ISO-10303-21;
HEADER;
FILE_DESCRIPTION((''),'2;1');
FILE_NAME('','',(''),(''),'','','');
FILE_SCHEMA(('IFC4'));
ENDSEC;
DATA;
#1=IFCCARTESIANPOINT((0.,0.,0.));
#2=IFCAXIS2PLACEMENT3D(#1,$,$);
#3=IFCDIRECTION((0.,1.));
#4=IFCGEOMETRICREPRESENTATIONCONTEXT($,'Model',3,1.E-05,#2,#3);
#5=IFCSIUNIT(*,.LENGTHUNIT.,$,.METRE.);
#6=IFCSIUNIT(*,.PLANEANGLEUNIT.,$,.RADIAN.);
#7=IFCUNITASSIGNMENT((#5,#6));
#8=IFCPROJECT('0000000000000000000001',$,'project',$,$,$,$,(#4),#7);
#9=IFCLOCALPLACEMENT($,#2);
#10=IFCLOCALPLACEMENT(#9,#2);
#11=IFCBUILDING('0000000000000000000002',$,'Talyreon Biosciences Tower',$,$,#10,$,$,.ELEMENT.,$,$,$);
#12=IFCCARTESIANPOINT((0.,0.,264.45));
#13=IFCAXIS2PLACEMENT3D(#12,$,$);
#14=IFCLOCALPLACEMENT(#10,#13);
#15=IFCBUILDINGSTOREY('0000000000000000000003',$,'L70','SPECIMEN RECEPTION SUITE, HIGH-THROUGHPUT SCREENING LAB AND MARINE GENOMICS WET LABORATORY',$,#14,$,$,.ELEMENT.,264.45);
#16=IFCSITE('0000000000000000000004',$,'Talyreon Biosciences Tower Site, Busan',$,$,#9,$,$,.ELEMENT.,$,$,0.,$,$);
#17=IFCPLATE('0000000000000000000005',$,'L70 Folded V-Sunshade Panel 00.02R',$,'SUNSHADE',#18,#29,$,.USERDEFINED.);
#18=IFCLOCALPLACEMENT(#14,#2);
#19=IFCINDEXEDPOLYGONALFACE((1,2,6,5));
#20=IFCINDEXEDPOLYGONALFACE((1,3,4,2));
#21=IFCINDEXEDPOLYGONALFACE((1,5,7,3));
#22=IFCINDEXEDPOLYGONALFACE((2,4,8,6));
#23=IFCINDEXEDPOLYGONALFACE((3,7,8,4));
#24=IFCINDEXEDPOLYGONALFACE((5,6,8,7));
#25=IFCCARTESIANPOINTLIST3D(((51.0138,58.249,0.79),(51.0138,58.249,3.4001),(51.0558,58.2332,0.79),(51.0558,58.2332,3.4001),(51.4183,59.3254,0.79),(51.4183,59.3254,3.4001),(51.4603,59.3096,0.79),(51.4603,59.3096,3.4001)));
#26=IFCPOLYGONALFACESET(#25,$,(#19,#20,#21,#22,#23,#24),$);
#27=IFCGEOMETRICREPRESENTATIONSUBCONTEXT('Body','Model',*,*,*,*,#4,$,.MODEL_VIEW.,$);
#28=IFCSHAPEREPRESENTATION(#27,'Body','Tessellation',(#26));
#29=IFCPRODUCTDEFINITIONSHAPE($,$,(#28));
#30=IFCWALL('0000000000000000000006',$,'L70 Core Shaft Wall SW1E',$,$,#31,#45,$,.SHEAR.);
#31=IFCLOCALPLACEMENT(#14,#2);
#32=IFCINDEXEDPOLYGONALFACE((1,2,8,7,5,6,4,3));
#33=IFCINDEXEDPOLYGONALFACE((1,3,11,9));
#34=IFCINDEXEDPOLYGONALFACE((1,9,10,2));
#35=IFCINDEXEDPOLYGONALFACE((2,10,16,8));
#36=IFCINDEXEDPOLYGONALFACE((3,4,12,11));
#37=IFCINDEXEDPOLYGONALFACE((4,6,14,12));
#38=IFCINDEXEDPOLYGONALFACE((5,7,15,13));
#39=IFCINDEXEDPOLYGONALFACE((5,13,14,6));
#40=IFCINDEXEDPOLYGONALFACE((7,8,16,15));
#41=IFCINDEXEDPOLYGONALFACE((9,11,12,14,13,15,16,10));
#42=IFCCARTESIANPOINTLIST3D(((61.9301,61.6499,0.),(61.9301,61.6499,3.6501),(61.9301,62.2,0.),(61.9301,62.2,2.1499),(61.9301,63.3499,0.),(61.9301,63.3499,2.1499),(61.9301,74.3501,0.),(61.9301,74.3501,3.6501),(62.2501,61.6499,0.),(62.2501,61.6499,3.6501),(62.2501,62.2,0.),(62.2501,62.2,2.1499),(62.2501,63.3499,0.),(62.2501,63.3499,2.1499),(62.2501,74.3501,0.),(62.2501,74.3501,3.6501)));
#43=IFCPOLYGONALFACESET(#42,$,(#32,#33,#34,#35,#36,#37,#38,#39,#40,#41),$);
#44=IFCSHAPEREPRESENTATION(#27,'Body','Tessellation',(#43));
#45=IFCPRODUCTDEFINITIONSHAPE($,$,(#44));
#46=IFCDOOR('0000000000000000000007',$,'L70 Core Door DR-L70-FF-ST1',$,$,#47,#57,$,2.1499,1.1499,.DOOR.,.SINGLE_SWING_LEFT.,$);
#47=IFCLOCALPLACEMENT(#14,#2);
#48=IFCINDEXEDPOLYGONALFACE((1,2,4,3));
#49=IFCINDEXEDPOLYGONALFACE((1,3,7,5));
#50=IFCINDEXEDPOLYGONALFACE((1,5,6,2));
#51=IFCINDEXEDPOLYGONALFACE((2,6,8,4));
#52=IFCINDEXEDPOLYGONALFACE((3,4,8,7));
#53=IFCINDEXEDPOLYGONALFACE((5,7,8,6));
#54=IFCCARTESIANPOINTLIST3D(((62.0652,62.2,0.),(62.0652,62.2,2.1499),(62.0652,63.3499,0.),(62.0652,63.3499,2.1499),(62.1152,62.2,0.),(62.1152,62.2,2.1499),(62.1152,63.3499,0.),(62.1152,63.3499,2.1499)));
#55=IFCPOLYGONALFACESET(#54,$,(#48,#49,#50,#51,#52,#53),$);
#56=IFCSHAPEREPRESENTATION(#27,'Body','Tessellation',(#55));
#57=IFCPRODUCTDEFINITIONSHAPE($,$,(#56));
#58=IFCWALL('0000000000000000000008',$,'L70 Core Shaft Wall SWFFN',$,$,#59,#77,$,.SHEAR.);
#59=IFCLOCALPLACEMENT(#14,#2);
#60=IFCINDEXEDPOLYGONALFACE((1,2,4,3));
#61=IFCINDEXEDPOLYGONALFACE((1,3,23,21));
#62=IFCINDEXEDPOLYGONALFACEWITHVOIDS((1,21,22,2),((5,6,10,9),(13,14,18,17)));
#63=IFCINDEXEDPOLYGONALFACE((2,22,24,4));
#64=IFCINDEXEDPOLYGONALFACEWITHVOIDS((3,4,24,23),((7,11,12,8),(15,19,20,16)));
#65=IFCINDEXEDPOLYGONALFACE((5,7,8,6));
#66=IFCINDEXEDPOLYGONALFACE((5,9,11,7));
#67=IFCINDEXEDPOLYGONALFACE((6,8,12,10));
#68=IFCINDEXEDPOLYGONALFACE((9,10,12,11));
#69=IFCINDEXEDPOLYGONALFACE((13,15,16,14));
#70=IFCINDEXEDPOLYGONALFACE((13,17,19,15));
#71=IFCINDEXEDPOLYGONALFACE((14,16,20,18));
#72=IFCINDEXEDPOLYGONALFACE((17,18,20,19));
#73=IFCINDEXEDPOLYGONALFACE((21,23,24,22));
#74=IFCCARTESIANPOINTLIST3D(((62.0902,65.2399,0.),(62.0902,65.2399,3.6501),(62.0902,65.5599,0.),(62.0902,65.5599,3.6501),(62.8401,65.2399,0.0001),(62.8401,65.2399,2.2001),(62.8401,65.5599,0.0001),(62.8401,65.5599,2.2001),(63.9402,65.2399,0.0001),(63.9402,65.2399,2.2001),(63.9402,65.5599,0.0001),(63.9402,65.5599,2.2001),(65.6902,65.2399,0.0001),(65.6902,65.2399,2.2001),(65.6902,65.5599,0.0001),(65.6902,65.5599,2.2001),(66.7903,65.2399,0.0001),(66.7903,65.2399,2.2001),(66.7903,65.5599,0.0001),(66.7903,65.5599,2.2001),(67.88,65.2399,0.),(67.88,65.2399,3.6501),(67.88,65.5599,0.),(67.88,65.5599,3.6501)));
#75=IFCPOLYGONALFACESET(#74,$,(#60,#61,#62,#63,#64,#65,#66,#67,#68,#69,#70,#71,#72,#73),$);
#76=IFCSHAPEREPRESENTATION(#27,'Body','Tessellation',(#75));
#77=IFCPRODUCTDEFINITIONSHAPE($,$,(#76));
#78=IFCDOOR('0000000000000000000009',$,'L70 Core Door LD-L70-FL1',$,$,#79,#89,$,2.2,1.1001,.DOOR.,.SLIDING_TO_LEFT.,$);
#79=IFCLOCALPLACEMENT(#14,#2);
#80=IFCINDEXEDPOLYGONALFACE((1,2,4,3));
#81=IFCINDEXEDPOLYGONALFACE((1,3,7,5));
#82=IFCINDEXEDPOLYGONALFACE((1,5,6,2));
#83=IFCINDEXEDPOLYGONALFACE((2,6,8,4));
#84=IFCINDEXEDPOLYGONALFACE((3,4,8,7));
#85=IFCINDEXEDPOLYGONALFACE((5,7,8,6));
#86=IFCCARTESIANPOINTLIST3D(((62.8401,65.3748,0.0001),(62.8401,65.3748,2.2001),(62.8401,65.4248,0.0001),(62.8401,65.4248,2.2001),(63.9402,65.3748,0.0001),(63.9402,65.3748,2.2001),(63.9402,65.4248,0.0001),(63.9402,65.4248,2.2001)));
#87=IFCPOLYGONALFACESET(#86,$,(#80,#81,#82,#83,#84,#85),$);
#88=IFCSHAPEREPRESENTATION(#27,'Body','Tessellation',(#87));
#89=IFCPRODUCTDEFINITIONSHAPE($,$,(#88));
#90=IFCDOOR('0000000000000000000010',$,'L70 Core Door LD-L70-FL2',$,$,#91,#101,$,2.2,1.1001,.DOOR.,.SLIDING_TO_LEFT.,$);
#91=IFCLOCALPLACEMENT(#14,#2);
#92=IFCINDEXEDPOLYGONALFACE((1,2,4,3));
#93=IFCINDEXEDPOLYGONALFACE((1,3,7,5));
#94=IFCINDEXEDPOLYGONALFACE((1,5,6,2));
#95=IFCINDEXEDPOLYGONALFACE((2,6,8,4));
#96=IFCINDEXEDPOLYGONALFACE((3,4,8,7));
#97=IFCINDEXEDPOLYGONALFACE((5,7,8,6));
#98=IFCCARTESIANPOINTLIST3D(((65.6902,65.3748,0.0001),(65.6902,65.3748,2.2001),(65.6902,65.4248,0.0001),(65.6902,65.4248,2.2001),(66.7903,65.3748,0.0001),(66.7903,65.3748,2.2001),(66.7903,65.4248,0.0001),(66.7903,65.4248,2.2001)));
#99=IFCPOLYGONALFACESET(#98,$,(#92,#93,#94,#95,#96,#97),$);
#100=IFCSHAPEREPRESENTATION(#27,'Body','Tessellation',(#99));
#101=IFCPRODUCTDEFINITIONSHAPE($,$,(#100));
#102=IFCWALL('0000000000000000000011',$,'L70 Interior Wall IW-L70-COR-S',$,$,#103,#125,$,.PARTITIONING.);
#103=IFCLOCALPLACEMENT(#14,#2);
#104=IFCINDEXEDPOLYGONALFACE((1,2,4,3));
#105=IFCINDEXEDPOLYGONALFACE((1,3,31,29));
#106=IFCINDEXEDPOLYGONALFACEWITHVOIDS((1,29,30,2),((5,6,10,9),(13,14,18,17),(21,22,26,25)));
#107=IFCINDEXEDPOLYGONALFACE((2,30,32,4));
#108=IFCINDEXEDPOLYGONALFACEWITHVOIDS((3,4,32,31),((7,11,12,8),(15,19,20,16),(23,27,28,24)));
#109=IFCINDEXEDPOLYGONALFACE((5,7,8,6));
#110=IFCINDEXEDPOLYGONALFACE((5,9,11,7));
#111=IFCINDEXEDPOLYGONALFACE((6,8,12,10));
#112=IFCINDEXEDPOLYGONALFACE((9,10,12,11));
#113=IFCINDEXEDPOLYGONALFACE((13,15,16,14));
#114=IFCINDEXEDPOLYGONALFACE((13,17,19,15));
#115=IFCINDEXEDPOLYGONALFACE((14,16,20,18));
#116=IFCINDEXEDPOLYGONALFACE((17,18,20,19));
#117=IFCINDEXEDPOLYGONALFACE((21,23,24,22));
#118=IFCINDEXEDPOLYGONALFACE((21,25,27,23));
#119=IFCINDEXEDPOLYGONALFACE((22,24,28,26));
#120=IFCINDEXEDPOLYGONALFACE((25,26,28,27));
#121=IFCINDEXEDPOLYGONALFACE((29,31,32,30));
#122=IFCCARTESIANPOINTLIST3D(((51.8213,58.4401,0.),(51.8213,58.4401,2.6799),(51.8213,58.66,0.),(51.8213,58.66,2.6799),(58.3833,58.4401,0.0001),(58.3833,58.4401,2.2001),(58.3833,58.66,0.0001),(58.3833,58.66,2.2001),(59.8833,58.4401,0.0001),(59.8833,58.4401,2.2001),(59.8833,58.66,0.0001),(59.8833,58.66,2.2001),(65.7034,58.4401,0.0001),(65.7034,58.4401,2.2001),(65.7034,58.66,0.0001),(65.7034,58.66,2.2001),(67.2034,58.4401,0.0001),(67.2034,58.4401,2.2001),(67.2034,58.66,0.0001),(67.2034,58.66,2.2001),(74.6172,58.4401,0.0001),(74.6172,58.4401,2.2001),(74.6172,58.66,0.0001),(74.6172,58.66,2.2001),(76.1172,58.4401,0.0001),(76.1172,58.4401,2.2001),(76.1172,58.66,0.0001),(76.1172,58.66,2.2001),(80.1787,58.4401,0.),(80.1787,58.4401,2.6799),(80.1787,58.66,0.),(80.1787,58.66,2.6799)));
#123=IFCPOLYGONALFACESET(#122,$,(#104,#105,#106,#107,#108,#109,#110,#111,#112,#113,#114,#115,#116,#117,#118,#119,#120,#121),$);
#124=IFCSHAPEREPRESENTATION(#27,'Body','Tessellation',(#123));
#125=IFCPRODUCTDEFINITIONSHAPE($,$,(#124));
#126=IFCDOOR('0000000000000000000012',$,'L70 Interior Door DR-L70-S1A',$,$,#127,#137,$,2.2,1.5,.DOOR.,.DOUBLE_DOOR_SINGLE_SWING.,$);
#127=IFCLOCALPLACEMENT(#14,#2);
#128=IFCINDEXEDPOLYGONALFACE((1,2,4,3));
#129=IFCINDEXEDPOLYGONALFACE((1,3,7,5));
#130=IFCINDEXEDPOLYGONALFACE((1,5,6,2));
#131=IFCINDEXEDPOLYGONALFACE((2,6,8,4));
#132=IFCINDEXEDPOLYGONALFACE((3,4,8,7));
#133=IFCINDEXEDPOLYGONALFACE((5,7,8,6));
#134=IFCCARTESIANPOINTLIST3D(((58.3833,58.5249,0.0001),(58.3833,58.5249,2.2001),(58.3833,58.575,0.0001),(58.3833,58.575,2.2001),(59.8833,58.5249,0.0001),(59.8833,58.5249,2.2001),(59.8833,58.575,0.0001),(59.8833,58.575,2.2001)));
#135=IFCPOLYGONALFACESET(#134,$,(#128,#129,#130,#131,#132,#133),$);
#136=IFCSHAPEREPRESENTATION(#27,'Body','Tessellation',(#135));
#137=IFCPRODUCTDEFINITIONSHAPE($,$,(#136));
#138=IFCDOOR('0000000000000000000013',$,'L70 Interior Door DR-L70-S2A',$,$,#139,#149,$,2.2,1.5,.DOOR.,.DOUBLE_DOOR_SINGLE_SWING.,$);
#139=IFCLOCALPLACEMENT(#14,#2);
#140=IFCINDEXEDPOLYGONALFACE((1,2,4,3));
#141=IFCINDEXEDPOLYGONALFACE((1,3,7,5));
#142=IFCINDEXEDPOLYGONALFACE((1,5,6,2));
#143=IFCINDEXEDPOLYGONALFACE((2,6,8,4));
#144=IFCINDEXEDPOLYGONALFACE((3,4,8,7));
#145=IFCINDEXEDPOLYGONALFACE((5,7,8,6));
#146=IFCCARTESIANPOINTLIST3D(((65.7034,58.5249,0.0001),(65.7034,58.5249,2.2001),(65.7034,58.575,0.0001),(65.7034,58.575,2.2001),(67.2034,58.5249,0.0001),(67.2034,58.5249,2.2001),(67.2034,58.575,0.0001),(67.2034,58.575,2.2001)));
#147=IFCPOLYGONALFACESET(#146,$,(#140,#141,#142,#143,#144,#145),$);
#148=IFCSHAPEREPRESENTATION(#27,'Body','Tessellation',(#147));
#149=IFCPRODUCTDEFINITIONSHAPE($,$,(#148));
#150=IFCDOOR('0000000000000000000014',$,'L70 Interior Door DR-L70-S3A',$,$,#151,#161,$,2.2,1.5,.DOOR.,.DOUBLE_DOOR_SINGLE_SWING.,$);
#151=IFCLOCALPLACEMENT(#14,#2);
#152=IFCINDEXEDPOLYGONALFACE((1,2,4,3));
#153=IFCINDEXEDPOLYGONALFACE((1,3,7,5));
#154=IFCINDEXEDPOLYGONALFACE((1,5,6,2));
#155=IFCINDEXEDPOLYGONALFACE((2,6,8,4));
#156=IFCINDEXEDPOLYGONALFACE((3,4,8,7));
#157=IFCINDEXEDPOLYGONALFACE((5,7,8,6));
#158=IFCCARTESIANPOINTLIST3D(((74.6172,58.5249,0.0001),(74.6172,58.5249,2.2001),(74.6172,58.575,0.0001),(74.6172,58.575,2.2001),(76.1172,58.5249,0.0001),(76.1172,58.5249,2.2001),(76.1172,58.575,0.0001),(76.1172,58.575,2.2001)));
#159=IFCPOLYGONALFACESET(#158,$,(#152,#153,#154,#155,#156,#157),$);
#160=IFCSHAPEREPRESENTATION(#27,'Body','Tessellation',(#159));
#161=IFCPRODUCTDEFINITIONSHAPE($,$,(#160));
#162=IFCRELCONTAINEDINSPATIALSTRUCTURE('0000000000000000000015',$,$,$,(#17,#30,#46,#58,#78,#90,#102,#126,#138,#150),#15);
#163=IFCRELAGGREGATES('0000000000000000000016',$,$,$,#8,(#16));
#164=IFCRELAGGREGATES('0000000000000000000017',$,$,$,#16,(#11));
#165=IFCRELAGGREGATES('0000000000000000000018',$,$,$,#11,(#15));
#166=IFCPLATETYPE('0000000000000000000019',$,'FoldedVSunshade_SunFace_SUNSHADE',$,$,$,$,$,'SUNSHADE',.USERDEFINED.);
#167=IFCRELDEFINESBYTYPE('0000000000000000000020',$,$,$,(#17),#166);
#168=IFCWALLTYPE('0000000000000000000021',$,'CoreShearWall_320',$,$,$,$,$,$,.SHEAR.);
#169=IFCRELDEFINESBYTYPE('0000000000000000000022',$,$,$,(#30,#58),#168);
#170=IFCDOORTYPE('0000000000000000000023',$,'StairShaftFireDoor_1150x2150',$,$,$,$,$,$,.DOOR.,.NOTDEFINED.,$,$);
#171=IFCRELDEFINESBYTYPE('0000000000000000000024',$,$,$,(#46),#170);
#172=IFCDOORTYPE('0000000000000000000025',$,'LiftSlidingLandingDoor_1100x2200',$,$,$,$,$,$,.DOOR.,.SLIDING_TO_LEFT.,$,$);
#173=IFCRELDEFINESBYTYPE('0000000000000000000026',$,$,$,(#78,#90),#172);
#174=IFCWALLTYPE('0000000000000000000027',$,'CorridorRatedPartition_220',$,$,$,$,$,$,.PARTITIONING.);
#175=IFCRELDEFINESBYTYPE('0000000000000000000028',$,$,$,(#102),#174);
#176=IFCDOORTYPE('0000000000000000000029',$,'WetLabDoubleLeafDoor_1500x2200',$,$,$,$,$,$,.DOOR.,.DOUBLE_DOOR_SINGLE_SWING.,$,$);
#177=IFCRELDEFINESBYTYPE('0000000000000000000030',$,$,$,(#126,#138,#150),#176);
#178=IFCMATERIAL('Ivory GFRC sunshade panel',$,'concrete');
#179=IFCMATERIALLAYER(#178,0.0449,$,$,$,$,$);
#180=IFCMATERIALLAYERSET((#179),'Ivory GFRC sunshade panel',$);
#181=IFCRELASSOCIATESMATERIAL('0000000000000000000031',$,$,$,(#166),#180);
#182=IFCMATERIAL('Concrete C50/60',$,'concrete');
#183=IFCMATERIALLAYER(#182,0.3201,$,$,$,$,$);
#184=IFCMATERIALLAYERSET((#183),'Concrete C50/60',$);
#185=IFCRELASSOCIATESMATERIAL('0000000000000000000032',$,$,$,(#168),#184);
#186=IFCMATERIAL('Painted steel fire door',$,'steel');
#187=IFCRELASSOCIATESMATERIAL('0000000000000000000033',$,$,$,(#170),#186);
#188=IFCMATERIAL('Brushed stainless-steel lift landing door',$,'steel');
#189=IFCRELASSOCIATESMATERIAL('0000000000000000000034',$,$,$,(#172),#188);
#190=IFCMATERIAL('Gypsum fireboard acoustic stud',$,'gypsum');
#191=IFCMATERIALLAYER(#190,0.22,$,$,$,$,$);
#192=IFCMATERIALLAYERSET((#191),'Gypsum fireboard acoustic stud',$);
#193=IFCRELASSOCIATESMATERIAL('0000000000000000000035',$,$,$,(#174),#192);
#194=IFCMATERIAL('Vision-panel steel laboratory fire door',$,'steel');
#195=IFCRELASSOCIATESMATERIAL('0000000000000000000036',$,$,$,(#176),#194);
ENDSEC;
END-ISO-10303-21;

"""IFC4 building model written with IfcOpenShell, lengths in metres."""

from ifc_helpers import new_model, si_unit, direction, frame, frame_2d, origin, origin_2d, place, context, subcontext, project, spatial, rectangle, extrude, material, layer, layer_set, type_object, element, fill, save


model = new_model("IFC4")

# Units and contexts
model_context = context("Model", 3, precision=1e-05, world=origin(), true_north=direction((0.0, 1.0)))
body_context = subcontext(model_context, "Body", "Model", "MODEL_VIEW")
ifc_project = project(units=[si_unit("LENGTHUNIT", "METRE"), si_unit("PLANEANGLEUNIT", "RADIAN")], contexts=[model_context])

# Site, building, storey
site_placement = place(None, origin())
site = spatial("IfcSite", under=ifc_project, at=site_placement, Name="Talyreon Biosciences Tower Site, Busan", CompositionType="ELEMENT", RefElevation=0.0)
building_placement = place(site_placement, origin())
building = spatial("IfcBuilding", under=site, at=building_placement, Name="Talyreon Biosciences Tower", CompositionType="ELEMENT")
storey_placement = place(building_placement, frame((0.0, 0.0, 264.45)))
storey = spatial("IfcBuildingStorey", under=building, at=storey_placement, Name="L70", Description="SPECIMEN RECEPTION SUITE, HIGH-THROUGHPUT SCREENING LAB AND MARINE GENOMICS WET LABORATORY", CompositionType="ELEMENT", Elevation=264.45)

# Shared definitions
ifc_material_1 = material(Name="Concrete C50/60", Category="concrete")

# Plate
ifc_material_2 = material(Name="Ivory GFRC sunshade panel", Category="concrete")
ifc_layer_1 = layer(ifc_material_2, 0.0449)
ifc_layer_set_1 = layer_set([ifc_layer_1], Name="Ivory GFRC sunshade panel")
plate_type = type_object("IfcPlateType", Name="FoldedVSunshade_SunFace_SUNSHADE", ElementType="SUNSHADE", PredefinedType="USERDEFINED", material=ifc_layer_set_1)
plate_placement = place(storey_placement, frame((51.2371, 58.7793, 0.79), z_axis=(0.0, 0.0, 1.0), x_axis=(0.35176, 0.93609, 0.0)))
element("IfcPlate", 1, at=plate_placement, inside=storey, type_object=plate_type, Name="L70 Folded V-Sunshade Panel 00.02R", ObjectType="SUNSHADE", PredefinedType="USERDEFINED", context=body_context, shape_type="SweptSolid", body=[
    extrude(rectangle(XDim=1.1499, YDim=0.0449, at=origin_2d()), origin(), (0.0, 0.0, 1.0), 2.6101),
])

# Wall, opening, door
ifc_layer_2 = layer(ifc_material_1, 0.3201)
ifc_layer_set_2 = layer_set([ifc_layer_2], Name="Concrete C50/60")
wall_type_1 = type_object("IfcWallType", Name="CoreShearWall_320", PredefinedType="SHEAR", material=ifc_layer_set_2)
wall_1_placement = place(storey_placement, frame((62.0901, 61.6499, 0.0), z_axis=(0.0, 0.0, 1.0), x_axis=(0.0, 1.0, 0.0)))
wall_1 = element("IfcWall", 2, at=wall_1_placement, inside=storey, type_object=wall_type_1, Name="L70 Core Shaft Wall SW1E", PredefinedType="SHEAR", context=body_context, shape_type="SweptSolid", body=[
    extrude(rectangle(XDim=12.7002, YDim=0.3201, at=frame_2d((6.3501, 0.0))), origin(), (0.0, 0.0, 1.0), 3.6501),
])
opening_1_placement = place(wall_1_placement, frame((0.55, 0.0, 0.0)))
opening_1 = element("IfcOpeningElement", 3, at=opening_1_placement, cuts=wall_1, PredefinedType="OPENING", context=body_context, shape_type="SweptSolid", body=[
    extrude(rectangle(XDim=1.1499, YDim=2.1499, at=frame_2d((0.575, 1.075))), frame((0.0, 0.1699, 0.0), z_axis=(0.0, -1.0, 0.0), x_axis=(1.0, 0.0, 0.0)), (0.0, 0.0, 1.0), 0.3401),
])
ifc_material_3 = material(Name="Painted steel fire door", Category="steel")
door_type_1 = type_object("IfcDoorType", Name="StairShaftFireDoor_1150x2150", OperationType="NOTDEFINED", PredefinedType="DOOR", material=ifc_material_3)
door_1_placement = place(opening_1_placement, origin())
door_1 = element("IfcDoor", 4, at=door_1_placement, inside=storey, type_object=door_type_1, Name="L70 Core Door DR-L70-FF-ST1", OperationType="SINGLE_SWING_LEFT", OverallHeight=2.1499, OverallWidth=1.1499, PredefinedType="DOOR", context=body_context, shape_type="SweptSolid", body=[
    extrude(rectangle(XDim=1.1499, YDim=2.1499, at=frame_2d((0.575, 1.075))), frame((0.0, 0.0249, 0.0), z_axis=(0.0, -1.0, 0.0), x_axis=(1.0, 0.0, 0.0)), (0.0, 0.0, 1.0), 0.05),
])
fill(opening_1, door_1)

# Walls, openings, doors
wall_2_placement = place(storey_placement, frame((62.0901, 65.3999, 0.0), z_axis=(0.0, 0.0, 1.0), x_axis=(1.0, 0.0, 0.0)))
wall_2 = element("IfcWall", 5, at=wall_2_placement, inside=storey, type_object=wall_type_1, Name="L70 Core Shaft Wall SWFFN", PredefinedType="SHEAR", context=body_context, shape_type="SweptSolid", body=[
    extrude(rectangle(XDim=5.7898, YDim=0.3201, at=frame_2d((2.895, 0.0))), origin(), (0.0, 0.0, 1.0), 3.6501),
])
opening_2_placement = place(wall_2_placement, frame((0.75, 0.0, 0.0)))
opening_2 = element("IfcOpeningElement", 6, at=opening_2_placement, cuts=wall_2, PredefinedType="OPENING", context=body_context, shape_type="SweptSolid", body=[
    extrude(rectangle(XDim=1.1001, YDim=2.2, at=frame_2d((0.55, 1.1001))), frame((0.0, 0.1699, 0.0), z_axis=(0.0, -1.0, 0.0), x_axis=(1.0, 0.0, 0.0)), (0.0, 0.0, 1.0), 0.3401),
])
opening_3_placement = place(wall_2_placement, frame((3.6001, 0.0, 0.0)))
opening_3 = element("IfcOpeningElement", 7, at=opening_3_placement, cuts=wall_2, PredefinedType="OPENING", context=body_context, shape_type="SweptSolid", body=[
    extrude(rectangle(XDim=1.1001, YDim=2.2, at=frame_2d((0.55, 1.1001))), frame((0.0, 0.1699, 0.0), z_axis=(0.0, -1.0, 0.0), x_axis=(1.0, 0.0, 0.0)), (0.0, 0.0, 1.0), 0.3401),
])
ifc_material_4 = material(Name="Brushed stainless-steel lift landing door", Category="steel")
door_type_2 = type_object("IfcDoorType", Name="LiftSlidingLandingDoor_1100x2200", OperationType="SLIDING_TO_LEFT", PredefinedType="DOOR", material=ifc_material_4)
door_2_placement = place(opening_2_placement, origin())
door_2 = element("IfcDoor", 8, at=door_2_placement, inside=storey, type_object=door_type_2, Name="L70 Core Door LD-L70-FL1", OperationType="SLIDING_TO_LEFT", OverallHeight=2.2, OverallWidth=1.1001, PredefinedType="DOOR", context=body_context, shape_type="SweptSolid", body=[
    extrude(rectangle(XDim=1.1001, YDim=2.2, at=frame_2d((0.55, 1.1001))), frame((0.0, 0.0249, 0.0), z_axis=(0.0, -1.0, 0.0), x_axis=(1.0, 0.0, 0.0)), (0.0, 0.0, 1.0), 0.05),
])
fill(opening_2, door_2)
door_3_placement = place(opening_3_placement, origin())
door_3 = element("IfcDoor", 9, at=door_3_placement, inside=storey, type_object=door_type_2, Name="L70 Core Door LD-L70-FL2", OperationType="SLIDING_TO_LEFT", OverallHeight=2.2, OverallWidth=1.1001, PredefinedType="DOOR", context=body_context, shape_type="SweptSolid", body=[
    extrude(rectangle(XDim=1.1001, YDim=2.2, at=frame_2d((0.55, 1.1001))), frame((0.0, 0.0249, 0.0), z_axis=(0.0, -1.0, 0.0), x_axis=(1.0, 0.0, 0.0)), (0.0, 0.0, 1.0), 0.05),
])
fill(opening_3, door_3)
ifc_material_5 = material(Name="Gypsum fireboard acoustic stud", Category="gypsum")
ifc_layer_3 = layer(ifc_material_5, 0.22)
ifc_layer_set_3 = layer_set([ifc_layer_3], Name="Gypsum fireboard acoustic stud")
wall_type_2 = type_object("IfcWallType", Name="CorridorRatedPartition_220", PredefinedType="PARTITIONING", material=ifc_layer_set_3)
wall_3_placement = place(storey_placement, frame((51.8213, 58.55, 0.0), z_axis=(0.0, 0.0, 1.0), x_axis=(1.0, 0.0, 0.0)))
wall_3 = element("IfcWall", 10, at=wall_3_placement, inside=storey, type_object=wall_type_2, Name="L70 Interior Wall IW-L70-COR-S", PredefinedType="PARTITIONING", context=body_context, shape_type="SweptSolid", body=[
    extrude(rectangle(XDim=28.3574, YDim=0.22, at=frame_2d((14.1787, 0.0))), origin(), (0.0, 0.0, 1.0), 2.6799),
])
opening_4_placement = place(wall_3_placement, frame((6.562, 0.0, 0.0)))
opening_4 = element("IfcOpeningElement", 11, at=opening_4_placement, cuts=wall_3, PredefinedType="OPENING", context=body_context, shape_type="SweptSolid", body=[
    extrude(rectangle(XDim=1.5, YDim=2.2, at=frame_2d((0.75, 1.1001))), frame((0.0, 0.1199, 0.0), z_axis=(0.0, -1.0, 0.0), x_axis=(1.0, 0.0, 0.0)), (0.0, 0.0, 1.0), 0.24),
])
opening_5_placement = place(wall_3_placement, frame((13.8821, 0.0, 0.0)))
opening_5 = element("IfcOpeningElement", 12, at=opening_5_placement, cuts=wall_3, PredefinedType="OPENING", context=body_context, shape_type="SweptSolid", body=[
    extrude(rectangle(XDim=1.5, YDim=2.2, at=frame_2d((0.75, 1.1001))), frame((0.0, 0.1199, 0.0), z_axis=(0.0, -1.0, 0.0), x_axis=(1.0, 0.0, 0.0)), (0.0, 0.0, 1.0), 0.24),
])
opening_6_placement = place(wall_3_placement, frame((22.7959, 0.0, 0.0)))
opening_6 = element("IfcOpeningElement", 13, at=opening_6_placement, cuts=wall_3, PredefinedType="OPENING", context=body_context, shape_type="SweptSolid", body=[
    extrude(rectangle(XDim=1.5, YDim=2.2, at=frame_2d((0.75, 1.1001))), frame((0.0, 0.1199, 0.0), z_axis=(0.0, -1.0, 0.0), x_axis=(1.0, 0.0, 0.0)), (0.0, 0.0, 1.0), 0.24),
])
ifc_material_6 = material(Name="Vision-panel steel laboratory fire door", Category="steel")
door_type_3 = type_object("IfcDoorType", Name="WetLabDoubleLeafDoor_1500x2200", OperationType="DOUBLE_DOOR_SINGLE_SWING", PredefinedType="DOOR", material=ifc_material_6)
door_4_placement = place(opening_4_placement, origin())
door_4 = element("IfcDoor", 14, at=door_4_placement, inside=storey, type_object=door_type_3, Name="L70 Interior Door DR-L70-S1A", OperationType="DOUBLE_DOOR_SINGLE_SWING", OverallHeight=2.2, OverallWidth=1.5, PredefinedType="DOOR", context=body_context, shape_type="SweptSolid", body=[
    extrude(rectangle(XDim=1.5, YDim=2.2, at=frame_2d((0.75, 1.1001))), frame((0.0, 0.0249, 0.0), z_axis=(0.0, -1.0, 0.0), x_axis=(1.0, 0.0, 0.0)), (0.0, 0.0, 1.0), 0.05),
])
fill(opening_4, door_4)
door_5_placement = place(opening_5_placement, origin())
door_5 = element("IfcDoor", 15, at=door_5_placement, inside=storey, type_object=door_type_3, Name="L70 Interior Door DR-L70-S2A", OperationType="DOUBLE_DOOR_SINGLE_SWING", OverallHeight=2.2, OverallWidth=1.5, PredefinedType="DOOR", context=body_context, shape_type="SweptSolid", body=[
    extrude(rectangle(XDim=1.5, YDim=2.2, at=frame_2d((0.75, 1.1001))), frame((0.0, 0.0249, 0.0), z_axis=(0.0, -1.0, 0.0), x_axis=(1.0, 0.0, 0.0)), (0.0, 0.0, 1.0), 0.05),
])
fill(opening_5, door_5)
door_6_placement = place(opening_6_placement, origin())
door_6 = element("IfcDoor", 16, at=door_6_placement, inside=storey, type_object=door_type_3, Name="L70 Interior Door DR-L70-S3A", OperationType="DOUBLE_DOOR_SINGLE_SWING", OverallHeight=2.2, OverallWidth=1.5, PredefinedType="DOOR", context=body_context, shape_type="SweptSolid", body=[
    extrude(rectangle(XDim=1.5, YDim=2.2, at=frame_2d((0.75, 1.1001))), frame((0.0, 0.0249, 0.0), z_axis=(0.0, -1.0, 0.0), x_axis=(1.0, 0.0, 0.0)), (0.0, 0.0, 1.0), 0.05),
])
fill(opening_6, door_6)

save(model, "model.ifc")
